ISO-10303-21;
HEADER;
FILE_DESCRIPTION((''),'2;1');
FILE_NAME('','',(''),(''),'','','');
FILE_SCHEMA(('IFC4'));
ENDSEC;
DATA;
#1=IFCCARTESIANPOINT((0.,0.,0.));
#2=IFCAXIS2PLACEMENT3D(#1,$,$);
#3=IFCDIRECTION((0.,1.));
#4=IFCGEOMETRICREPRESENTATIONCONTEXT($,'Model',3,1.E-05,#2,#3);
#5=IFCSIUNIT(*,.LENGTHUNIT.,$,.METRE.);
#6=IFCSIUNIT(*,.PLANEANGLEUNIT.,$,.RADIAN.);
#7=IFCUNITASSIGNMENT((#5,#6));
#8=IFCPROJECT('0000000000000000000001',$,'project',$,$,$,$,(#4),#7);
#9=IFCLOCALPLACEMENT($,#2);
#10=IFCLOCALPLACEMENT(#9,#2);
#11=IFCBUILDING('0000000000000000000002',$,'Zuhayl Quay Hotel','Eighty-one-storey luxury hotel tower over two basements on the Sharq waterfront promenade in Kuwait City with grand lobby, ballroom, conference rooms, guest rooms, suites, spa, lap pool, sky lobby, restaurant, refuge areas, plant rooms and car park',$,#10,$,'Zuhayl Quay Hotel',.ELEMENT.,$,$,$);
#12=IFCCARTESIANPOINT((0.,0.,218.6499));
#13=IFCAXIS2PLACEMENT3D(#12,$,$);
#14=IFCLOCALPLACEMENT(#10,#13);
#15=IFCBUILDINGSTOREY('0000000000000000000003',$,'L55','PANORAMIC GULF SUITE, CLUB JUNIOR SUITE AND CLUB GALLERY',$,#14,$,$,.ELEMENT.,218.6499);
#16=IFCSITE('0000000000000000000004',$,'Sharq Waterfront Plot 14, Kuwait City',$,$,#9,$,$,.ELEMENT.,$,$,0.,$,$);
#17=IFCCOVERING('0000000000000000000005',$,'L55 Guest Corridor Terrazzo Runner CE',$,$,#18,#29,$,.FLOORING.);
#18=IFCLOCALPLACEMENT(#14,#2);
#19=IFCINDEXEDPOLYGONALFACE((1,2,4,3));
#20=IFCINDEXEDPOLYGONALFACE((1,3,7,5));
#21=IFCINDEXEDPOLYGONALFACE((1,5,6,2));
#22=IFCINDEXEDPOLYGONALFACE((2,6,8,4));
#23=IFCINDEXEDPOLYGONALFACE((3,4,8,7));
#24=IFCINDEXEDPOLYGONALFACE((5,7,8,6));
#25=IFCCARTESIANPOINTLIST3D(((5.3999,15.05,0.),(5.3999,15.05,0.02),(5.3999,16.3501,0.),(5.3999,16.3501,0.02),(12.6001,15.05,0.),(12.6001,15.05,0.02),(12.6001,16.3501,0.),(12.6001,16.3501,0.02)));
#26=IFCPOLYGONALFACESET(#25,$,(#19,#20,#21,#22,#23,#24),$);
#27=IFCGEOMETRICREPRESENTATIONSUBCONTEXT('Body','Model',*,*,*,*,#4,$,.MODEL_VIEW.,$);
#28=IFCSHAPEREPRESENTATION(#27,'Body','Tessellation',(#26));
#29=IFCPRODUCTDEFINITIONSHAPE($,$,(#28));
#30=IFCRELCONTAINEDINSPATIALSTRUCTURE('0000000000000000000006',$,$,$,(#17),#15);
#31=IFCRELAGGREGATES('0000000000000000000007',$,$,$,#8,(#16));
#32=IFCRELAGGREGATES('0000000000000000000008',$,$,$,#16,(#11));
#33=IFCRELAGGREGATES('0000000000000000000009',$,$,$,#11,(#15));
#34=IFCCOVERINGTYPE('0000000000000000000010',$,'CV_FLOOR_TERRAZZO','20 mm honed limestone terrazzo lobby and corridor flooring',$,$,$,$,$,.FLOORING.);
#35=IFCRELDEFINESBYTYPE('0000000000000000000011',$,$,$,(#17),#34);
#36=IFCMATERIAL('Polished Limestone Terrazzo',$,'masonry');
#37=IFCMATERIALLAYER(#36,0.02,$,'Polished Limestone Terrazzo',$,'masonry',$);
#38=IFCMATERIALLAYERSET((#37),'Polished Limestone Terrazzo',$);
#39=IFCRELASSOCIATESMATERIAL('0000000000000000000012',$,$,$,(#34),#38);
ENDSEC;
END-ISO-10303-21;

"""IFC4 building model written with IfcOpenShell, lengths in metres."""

from ifc_helpers import new_model, si_unit, direction, frame, origin, place, context, subcontext, project, spatial, polyline, outline, extrude, material, layer, layer_set, type_object, element, save


model = new_model("IFC4")

# Units and contexts
model_context = context("Model", 3, precision=1e-05, world=origin(), true_north=direction((0.0, 1.0)))
body_context = subcontext(model_context, "Body", "Model", "MODEL_VIEW")
ifc_project = project(units=[si_unit("LENGTHUNIT", "METRE"), si_unit("PLANEANGLEUNIT", "RADIAN")], contexts=[model_context])

# Site, building, storey
site_placement = place(None, origin())
site = spatial("IfcSite", under=ifc_project, at=site_placement, Name="Sharq Waterfront Plot 14, Kuwait City", CompositionType="ELEMENT", RefElevation=0.0)
building_placement = place(site_placement, origin())
building = spatial("IfcBuilding", under=site, at=building_placement, Name="Zuhayl Quay Hotel", Description="Eighty-one-storey luxury hotel tower over two basements on the Sharq waterfront promenade in Kuwait City with grand lobby, ballroom, conference rooms, guest rooms, suites, spa, lap pool, sky lobby, restaurant, refuge areas, plant rooms and car park", LongName="Zuhayl Quay Hotel", CompositionType="ELEMENT")
storey_placement = place(building_placement, frame((0.0, 0.0, 218.6499)))
storey = spatial("IfcBuildingStorey", under=building, at=storey_placement, Name="L55", Description="PANORAMIC GULF SUITE, CLUB JUNIOR SUITE AND CLUB GALLERY", CompositionType="ELEMENT", Elevation=218.6499)

# Covering
ifc_material_1 = material(Name="Polished Limestone Terrazzo", Category="masonry")
ifc_layer_1 = layer(ifc_material_1, 0.02, Name="Polished Limestone Terrazzo", Category="masonry")
ifc_layer_set_1 = layer_set([ifc_layer_1], Name="Polished Limestone Terrazzo")
covering_type_1 = type_object("IfcCoveringType", Name="CV_FLOOR_TERRAZZO", Description="20 mm honed limestone terrazzo lobby and corridor flooring", PredefinedType="FLOORING", material=ifc_layer_set_1)
covering_1_placement = place(storey_placement, origin())
element("IfcCovering", 1, at=covering_1_placement, inside=storey, type_object=covering_type_1, Name="L55 Guest Corridor Terrazzo Runner CE", PredefinedType="FLOORING", context=body_context, shape_type="SweptSolid", body=[
    extrude(outline(polyline([(5.3999, 15.05), (12.6001, 15.05), (12.6001, 16.3501), (5.3999, 16.3501), (5.3999, 15.05)])), origin(), (0.0, 0.0, 1.0), 0.02),
])

save(model, "model.ifc")
